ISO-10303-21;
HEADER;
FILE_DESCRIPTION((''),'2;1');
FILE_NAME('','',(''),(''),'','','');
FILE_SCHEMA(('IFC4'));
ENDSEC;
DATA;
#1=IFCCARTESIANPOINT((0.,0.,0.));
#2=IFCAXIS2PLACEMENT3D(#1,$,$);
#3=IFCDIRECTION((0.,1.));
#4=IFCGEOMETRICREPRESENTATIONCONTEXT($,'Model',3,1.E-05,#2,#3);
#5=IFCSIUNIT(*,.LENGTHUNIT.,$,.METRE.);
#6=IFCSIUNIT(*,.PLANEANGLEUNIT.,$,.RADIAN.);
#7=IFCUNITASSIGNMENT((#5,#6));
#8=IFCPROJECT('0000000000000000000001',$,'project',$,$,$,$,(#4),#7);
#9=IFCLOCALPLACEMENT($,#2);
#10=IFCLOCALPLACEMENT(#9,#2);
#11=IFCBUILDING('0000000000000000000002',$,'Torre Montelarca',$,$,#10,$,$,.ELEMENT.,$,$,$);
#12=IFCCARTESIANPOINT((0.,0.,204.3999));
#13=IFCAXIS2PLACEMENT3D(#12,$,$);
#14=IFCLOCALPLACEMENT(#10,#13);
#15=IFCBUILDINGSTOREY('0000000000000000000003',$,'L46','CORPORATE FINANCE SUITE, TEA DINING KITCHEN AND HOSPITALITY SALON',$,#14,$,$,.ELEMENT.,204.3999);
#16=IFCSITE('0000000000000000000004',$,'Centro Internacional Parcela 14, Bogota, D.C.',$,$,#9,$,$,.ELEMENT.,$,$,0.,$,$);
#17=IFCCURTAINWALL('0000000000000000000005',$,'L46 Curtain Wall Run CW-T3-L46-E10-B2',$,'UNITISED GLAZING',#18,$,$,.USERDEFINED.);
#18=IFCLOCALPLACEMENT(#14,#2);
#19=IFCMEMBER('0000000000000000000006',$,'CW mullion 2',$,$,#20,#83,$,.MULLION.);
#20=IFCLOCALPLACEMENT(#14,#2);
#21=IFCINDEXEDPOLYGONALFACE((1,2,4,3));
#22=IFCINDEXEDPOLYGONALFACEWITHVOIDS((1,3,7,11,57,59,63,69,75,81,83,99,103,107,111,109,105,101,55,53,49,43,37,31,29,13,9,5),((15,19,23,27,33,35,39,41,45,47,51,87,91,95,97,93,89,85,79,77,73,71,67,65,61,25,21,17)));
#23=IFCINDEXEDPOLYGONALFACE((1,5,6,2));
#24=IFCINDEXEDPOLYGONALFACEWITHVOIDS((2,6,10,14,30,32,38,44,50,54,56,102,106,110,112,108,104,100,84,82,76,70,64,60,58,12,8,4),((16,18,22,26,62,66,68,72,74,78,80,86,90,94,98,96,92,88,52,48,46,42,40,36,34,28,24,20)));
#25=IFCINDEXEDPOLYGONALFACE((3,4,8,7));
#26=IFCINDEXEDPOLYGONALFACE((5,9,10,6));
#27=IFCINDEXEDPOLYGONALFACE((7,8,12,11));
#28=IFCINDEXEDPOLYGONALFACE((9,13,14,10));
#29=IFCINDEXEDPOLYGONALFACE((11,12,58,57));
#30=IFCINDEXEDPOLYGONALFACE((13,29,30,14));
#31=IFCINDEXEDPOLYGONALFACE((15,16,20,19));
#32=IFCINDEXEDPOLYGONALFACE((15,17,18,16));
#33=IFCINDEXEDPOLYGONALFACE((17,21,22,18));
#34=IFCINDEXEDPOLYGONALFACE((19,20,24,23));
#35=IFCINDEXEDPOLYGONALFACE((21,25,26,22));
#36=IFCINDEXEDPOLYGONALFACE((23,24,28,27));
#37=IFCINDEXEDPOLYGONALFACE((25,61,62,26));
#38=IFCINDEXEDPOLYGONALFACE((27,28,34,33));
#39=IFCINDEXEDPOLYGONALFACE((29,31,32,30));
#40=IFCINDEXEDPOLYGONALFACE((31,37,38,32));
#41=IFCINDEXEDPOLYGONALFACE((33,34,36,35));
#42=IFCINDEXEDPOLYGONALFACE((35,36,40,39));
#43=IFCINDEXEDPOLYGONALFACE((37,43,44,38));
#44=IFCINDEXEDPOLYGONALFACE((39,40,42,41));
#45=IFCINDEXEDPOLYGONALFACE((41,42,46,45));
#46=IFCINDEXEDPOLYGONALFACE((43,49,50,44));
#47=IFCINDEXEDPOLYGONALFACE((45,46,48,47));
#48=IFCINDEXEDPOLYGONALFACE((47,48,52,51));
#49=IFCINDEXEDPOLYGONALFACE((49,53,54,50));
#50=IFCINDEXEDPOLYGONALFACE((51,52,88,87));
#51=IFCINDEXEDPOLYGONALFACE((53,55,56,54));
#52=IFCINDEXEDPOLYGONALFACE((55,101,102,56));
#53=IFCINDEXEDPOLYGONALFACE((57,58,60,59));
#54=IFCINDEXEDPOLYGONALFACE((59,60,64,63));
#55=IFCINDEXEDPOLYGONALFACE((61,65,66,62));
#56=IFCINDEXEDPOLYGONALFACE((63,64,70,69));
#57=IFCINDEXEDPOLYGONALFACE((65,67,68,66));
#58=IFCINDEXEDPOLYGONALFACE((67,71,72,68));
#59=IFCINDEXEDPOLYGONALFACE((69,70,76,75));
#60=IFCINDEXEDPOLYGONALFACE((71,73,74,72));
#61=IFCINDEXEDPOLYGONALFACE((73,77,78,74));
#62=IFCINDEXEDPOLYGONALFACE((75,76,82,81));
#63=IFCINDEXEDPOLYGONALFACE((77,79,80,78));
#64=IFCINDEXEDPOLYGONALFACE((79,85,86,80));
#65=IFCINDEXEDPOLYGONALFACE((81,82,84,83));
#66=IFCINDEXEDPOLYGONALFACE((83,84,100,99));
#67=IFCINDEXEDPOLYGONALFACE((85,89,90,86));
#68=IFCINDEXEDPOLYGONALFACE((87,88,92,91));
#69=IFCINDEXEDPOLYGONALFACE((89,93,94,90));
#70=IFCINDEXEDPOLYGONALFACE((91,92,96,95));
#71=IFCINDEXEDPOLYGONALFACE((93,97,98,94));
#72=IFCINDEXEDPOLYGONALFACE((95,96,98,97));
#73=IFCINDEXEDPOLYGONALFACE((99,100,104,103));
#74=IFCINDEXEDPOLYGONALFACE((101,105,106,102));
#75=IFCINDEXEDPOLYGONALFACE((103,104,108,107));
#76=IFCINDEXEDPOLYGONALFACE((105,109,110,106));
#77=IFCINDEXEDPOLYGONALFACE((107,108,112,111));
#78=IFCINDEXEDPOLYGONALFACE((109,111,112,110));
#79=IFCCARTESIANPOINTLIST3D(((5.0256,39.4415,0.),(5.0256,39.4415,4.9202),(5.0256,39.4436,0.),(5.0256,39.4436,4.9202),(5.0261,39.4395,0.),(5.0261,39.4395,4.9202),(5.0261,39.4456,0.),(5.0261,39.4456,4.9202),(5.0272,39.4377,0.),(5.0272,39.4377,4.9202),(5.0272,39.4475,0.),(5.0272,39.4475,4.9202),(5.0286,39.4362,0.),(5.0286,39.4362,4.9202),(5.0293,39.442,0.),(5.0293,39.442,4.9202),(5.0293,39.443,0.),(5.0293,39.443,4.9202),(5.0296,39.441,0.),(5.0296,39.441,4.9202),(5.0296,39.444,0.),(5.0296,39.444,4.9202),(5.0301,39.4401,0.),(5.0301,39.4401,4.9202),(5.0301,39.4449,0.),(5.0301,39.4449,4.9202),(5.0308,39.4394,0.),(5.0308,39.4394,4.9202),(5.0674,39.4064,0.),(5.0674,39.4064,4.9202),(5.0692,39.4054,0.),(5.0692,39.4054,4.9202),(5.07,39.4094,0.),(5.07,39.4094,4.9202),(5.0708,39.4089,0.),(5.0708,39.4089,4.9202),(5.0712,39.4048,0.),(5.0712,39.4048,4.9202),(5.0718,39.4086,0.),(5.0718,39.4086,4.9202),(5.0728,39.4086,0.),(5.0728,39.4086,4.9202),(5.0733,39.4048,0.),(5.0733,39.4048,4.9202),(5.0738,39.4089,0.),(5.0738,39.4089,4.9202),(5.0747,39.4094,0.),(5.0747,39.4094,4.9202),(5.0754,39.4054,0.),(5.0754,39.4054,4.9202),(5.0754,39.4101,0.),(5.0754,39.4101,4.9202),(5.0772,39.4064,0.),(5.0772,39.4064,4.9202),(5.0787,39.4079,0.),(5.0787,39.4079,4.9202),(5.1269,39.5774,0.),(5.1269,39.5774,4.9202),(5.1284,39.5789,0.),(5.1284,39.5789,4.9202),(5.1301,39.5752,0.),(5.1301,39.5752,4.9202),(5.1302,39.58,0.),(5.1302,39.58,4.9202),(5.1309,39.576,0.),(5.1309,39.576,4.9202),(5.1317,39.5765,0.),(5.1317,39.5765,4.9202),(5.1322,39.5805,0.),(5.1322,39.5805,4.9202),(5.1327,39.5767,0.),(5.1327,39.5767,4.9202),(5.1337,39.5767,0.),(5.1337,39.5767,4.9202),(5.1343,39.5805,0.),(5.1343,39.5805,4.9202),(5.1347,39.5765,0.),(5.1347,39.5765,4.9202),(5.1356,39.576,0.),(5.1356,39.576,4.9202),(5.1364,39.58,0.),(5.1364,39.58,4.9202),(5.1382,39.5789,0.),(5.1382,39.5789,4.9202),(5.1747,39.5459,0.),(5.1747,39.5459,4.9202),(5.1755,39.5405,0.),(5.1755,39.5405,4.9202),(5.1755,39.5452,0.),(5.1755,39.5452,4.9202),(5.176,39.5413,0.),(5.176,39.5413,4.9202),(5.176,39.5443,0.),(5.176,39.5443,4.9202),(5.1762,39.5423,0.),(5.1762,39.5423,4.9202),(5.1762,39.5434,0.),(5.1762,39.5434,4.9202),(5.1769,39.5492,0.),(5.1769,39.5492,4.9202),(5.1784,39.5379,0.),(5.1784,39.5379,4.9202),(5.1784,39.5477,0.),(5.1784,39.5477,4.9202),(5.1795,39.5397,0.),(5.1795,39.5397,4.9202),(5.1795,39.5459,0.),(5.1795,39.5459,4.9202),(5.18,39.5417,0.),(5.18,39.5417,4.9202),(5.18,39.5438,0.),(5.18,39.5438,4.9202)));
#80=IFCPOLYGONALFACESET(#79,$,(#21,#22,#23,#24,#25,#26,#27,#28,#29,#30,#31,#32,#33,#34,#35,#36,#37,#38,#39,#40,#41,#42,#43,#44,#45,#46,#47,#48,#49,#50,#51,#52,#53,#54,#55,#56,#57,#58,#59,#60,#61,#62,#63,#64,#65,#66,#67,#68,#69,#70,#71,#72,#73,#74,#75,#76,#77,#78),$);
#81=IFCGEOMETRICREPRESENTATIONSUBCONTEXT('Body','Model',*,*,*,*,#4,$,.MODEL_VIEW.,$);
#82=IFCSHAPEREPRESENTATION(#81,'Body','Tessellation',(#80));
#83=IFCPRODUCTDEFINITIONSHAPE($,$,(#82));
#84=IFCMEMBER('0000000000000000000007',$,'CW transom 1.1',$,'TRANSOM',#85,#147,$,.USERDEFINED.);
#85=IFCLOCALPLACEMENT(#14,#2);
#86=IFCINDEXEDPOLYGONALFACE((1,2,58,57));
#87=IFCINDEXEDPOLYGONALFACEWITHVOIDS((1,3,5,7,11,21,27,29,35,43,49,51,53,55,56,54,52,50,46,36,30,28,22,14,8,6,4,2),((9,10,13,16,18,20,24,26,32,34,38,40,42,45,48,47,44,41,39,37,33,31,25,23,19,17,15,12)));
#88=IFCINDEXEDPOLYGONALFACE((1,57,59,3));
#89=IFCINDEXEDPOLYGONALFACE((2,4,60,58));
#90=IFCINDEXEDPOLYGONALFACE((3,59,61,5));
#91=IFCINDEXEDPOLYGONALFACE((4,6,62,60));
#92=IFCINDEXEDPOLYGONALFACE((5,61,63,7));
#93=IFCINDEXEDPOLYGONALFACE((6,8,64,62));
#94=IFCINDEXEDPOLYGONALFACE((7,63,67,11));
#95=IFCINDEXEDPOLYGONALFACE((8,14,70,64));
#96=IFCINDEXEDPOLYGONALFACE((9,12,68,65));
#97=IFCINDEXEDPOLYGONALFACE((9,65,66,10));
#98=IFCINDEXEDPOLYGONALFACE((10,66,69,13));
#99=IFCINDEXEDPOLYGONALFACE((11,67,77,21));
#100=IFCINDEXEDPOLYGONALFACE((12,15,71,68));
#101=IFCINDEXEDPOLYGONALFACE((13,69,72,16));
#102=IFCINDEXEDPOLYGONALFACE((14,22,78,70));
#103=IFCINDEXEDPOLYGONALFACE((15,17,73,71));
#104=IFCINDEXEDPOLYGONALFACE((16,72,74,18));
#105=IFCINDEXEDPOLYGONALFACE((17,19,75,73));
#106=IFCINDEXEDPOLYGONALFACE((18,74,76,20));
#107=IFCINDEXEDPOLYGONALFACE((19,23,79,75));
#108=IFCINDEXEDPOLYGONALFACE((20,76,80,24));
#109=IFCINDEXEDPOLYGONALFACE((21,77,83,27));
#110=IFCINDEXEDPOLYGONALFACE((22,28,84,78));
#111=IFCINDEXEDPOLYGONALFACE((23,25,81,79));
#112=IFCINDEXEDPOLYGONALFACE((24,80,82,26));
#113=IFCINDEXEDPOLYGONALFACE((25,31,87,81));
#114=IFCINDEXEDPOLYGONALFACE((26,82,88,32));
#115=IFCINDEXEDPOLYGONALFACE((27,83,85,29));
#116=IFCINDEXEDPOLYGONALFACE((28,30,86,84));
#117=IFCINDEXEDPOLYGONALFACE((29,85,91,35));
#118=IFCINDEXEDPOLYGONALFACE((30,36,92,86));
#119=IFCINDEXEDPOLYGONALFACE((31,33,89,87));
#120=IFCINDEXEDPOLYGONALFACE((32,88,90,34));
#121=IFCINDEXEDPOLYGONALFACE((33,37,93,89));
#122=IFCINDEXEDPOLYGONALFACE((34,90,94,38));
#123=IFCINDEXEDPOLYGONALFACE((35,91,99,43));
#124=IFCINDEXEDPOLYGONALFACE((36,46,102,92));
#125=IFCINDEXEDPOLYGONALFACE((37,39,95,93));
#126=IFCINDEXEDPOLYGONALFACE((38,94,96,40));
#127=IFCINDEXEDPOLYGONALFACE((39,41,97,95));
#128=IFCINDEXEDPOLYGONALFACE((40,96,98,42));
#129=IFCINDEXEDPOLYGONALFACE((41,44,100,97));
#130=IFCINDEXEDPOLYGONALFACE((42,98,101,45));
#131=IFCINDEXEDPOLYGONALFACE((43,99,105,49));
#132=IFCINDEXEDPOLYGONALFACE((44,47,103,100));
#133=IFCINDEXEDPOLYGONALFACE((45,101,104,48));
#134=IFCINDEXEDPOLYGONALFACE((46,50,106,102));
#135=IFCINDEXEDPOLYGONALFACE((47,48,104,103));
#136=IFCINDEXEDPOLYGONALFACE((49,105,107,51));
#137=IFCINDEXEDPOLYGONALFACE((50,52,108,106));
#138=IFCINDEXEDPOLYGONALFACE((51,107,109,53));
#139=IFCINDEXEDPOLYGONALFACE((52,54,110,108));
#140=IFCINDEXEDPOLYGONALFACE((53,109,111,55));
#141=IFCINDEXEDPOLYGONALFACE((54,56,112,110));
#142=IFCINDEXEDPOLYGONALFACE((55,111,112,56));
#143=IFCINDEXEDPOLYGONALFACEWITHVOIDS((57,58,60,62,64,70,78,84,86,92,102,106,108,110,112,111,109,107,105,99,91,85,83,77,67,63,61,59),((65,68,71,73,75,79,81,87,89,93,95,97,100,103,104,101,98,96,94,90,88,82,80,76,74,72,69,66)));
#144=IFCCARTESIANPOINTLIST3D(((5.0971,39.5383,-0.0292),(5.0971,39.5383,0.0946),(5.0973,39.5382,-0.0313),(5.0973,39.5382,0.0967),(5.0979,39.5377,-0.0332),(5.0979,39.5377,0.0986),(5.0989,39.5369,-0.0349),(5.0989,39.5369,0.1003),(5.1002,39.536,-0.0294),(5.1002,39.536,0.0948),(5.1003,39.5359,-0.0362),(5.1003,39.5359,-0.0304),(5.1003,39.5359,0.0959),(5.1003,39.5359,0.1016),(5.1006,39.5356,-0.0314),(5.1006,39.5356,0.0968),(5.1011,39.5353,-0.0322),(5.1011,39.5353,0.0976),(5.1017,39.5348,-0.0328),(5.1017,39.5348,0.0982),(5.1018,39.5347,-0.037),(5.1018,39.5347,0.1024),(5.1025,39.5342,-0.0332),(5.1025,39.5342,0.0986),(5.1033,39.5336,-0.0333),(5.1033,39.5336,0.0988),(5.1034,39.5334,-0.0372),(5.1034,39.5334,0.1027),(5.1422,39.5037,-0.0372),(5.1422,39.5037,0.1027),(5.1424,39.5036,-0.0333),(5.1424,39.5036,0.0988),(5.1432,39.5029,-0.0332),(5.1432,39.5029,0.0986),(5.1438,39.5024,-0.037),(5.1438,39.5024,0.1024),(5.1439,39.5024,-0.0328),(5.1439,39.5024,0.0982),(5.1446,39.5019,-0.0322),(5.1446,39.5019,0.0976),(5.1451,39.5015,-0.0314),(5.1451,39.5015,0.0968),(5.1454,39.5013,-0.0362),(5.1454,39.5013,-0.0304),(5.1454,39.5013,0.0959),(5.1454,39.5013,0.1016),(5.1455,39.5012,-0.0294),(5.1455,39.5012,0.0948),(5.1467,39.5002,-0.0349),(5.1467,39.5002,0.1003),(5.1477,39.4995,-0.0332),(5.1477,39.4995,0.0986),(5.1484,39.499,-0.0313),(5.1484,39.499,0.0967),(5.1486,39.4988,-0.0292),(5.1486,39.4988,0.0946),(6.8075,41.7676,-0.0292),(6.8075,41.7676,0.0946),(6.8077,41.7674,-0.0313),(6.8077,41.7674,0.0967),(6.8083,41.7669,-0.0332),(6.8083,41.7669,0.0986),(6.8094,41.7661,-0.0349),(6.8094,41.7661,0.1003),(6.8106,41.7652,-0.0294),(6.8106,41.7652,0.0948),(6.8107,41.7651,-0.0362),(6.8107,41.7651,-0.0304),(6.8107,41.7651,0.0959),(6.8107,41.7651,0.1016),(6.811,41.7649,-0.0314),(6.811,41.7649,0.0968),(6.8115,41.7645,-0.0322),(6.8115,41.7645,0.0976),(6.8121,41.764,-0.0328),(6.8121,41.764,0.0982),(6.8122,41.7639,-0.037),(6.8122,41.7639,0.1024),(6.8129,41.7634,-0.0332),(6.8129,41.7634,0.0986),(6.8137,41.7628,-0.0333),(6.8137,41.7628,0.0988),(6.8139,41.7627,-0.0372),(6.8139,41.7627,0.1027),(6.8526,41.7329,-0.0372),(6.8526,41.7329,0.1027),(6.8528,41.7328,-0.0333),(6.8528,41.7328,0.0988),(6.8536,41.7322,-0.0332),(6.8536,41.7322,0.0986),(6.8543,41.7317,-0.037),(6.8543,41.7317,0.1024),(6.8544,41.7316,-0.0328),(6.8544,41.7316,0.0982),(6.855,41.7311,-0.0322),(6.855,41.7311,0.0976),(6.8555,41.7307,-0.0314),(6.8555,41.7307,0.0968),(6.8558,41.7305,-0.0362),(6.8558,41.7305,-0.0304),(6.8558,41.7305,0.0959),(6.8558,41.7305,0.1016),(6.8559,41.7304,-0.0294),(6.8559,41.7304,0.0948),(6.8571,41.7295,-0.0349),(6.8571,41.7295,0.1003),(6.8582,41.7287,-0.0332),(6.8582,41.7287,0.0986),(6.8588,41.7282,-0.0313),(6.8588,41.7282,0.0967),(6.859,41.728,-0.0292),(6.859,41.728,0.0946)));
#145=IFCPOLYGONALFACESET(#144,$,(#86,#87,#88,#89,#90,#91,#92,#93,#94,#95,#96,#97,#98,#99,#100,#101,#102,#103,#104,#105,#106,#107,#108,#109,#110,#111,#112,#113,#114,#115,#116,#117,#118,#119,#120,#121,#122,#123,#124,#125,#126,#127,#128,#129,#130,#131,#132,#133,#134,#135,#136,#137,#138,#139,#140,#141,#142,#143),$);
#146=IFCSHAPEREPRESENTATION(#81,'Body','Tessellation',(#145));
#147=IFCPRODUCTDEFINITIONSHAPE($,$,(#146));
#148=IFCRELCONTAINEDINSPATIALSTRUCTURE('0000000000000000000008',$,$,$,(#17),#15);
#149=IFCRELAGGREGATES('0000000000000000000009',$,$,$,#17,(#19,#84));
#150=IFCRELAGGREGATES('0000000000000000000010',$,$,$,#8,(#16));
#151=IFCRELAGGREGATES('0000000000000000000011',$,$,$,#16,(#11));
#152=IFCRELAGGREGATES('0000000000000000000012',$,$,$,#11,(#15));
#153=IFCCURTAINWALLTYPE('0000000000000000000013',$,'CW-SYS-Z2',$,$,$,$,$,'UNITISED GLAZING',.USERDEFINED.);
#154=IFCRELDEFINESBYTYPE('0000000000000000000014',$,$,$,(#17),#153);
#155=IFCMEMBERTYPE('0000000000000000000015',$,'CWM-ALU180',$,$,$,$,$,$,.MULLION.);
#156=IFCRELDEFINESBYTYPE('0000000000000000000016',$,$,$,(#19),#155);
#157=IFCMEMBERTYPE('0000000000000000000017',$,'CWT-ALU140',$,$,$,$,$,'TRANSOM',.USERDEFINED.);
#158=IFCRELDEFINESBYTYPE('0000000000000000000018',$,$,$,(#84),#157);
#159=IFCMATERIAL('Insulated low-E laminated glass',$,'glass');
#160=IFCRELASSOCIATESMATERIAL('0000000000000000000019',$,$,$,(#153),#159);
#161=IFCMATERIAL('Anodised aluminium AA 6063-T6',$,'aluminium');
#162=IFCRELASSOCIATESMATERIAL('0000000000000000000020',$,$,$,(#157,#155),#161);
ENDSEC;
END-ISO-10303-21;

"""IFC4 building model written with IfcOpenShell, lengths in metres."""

from ifc_helpers import new_model, si_unit, direction, frame, origin, origin_2d, place, context, subcontext, project, spatial, hollow_rectangle, extrude, source, transform, mapped, material, material_profile, profile_set, type_object, element, aggregate, save


model = new_model("IFC4")

# Units and contexts
model_context = context("Model", 3, precision=1e-05, world=origin(), true_north=direction((0.0, 1.0)))
body_context = subcontext(model_context, "Body", "Model", "MODEL_VIEW")
ifc_project = project(units=[si_unit("LENGTHUNIT", "METRE"), si_unit("PLANEANGLEUNIT", "RADIAN")], contexts=[model_context])

# Site, building, storey
site_placement = place(None, origin())
site = spatial("IfcSite", under=ifc_project, at=site_placement, Name="Centro Internacional Parcela 14, Bogota, D.C.", CompositionType="ELEMENT", RefElevation=0.0)
building_placement = place(site_placement, origin())
building = spatial("IfcBuilding", under=site, at=building_placement, Name="Torre Montelarca", CompositionType="ELEMENT")
storey_placement = place(building_placement, frame((0.0, 0.0, 204.3999)))
storey = spatial("IfcBuildingStorey", under=building, at=storey_placement, Name="L46", Description="CORPORATE FINANCE SUITE, TEA DINING KITCHEN AND HOSPITALITY SALON", CompositionType="ELEMENT", Elevation=204.3999)

# Shared definitions
ifc_material_1 = material(Name="Insulated low-E laminated glass", Category="glass")
curtain_wall_type = type_object("IfcCurtainWallType", Name="CW-SYS-Z2", ElementType="UNITISED GLAZING", PredefinedType="USERDEFINED", material=ifc_material_1)
ifc_material_2 = material(Name="Anodised aluminium AA 6063-T6", Category="aluminium")
ifc_material_profile_1 = material_profile(ifc_material_2, hollow_rectangle(XDim=0.0649, YDim=0.1399, WallThickness=0.0039, InnerFilletRadius=0.0039, OuterFilletRadius=0.0081, at=origin_2d()), Name="ALU65X140X4", Category="aluminium")
ifc_profile_set_1 = profile_set([ifc_material_profile_1], Name="Anodised aluminium AA 6063-T6")
member_type_1 = type_object("IfcMemberType", Name="CWT-ALU140", ElementType="TRANSOM", PredefinedType="USERDEFINED", material=ifc_profile_set_1)

# Shared definitions
ifc_material_profile_2 = material_profile(ifc_material_2, hollow_rectangle(XDim=0.0649, YDim=0.1799, WallThickness=0.0039, InnerFilletRadius=0.0039, OuterFilletRadius=0.0081, at=origin_2d()), Name="ALU65X180X4", Category="aluminium")
ifc_profile_set_2 = profile_set([ifc_material_profile_2], Name="Anodised aluminium AA 6063-T6")
member_type_2 = type_object("IfcMemberType", Name="CWM-ALU180", PredefinedType="MULLION", material=ifc_profile_set_2)
shared_shape_1 = source(origin(), body_context, "Body", "SweptSolid", [
    extrude(hollow_rectangle(XDim=0.0649, YDim=0.1799, WallThickness=0.0039, InnerFilletRadius=0.0039, OuterFilletRadius=0.0081, at=origin_2d()), origin(), (0.0, 0.0, 1.0), 4.9202),
])

# Curtain wall, members
curtain_wall_1_placement = place(storey_placement, origin())
curtain_wall_1 = element("IfcCurtainWall", 1, at=curtain_wall_1_placement, inside=storey, type_object=curtain_wall_type, Name="L46 Curtain Wall Run CW-T3-L46-E10-B2", ObjectType="UNITISED GLAZING", PredefinedType="USERDEFINED")
member_1_placement = place(storey_placement, frame((5.1028, 39.4927, 0.0), z_axis=(0.0, 0.0, 1.0), x_axis=(0.793346, -0.608771, 0.0)))
member_1 = element("IfcMember", 2, at=member_1_placement, type_object=member_type_2, Name="CW mullion 2", PredefinedType="MULLION", context=body_context, shape_type="MappedRepresentation", body=[
    mapped(shared_shape_1, transform((0.0, 0.0, 0.0), scale=1.0)),
])
shared_shape_2 = source(origin(), body_context, "Body", "SweptSolid", [
    extrude(hollow_rectangle(XDim=0.0649, YDim=0.1399, WallThickness=0.0039, InnerFilletRadius=0.0039, OuterFilletRadius=0.0081, at=origin_2d()), origin(), (0.0, 0.0, 1.0), 2.8098),
])
member_2_placement = place(storey_placement, frame((6.8333, 41.7478, 0.0327), z_axis=(-0.608736, -0.793373, 0.0), x_axis=(0.793373, -0.608736, 0.0)))
member_2 = element("IfcMember", 3, at=member_2_placement, type_object=member_type_1, Name="CW transom 1.1", ObjectType="TRANSOM", PredefinedType="USERDEFINED", context=body_context, shape_type="MappedRepresentation", body=[
    mapped(shared_shape_2, transform((0.0, 0.0, 0.0), scale=1.0)),
])

aggregate(curtain_wall_1, [member_1, member_2])

save(model, "model.ifc")
